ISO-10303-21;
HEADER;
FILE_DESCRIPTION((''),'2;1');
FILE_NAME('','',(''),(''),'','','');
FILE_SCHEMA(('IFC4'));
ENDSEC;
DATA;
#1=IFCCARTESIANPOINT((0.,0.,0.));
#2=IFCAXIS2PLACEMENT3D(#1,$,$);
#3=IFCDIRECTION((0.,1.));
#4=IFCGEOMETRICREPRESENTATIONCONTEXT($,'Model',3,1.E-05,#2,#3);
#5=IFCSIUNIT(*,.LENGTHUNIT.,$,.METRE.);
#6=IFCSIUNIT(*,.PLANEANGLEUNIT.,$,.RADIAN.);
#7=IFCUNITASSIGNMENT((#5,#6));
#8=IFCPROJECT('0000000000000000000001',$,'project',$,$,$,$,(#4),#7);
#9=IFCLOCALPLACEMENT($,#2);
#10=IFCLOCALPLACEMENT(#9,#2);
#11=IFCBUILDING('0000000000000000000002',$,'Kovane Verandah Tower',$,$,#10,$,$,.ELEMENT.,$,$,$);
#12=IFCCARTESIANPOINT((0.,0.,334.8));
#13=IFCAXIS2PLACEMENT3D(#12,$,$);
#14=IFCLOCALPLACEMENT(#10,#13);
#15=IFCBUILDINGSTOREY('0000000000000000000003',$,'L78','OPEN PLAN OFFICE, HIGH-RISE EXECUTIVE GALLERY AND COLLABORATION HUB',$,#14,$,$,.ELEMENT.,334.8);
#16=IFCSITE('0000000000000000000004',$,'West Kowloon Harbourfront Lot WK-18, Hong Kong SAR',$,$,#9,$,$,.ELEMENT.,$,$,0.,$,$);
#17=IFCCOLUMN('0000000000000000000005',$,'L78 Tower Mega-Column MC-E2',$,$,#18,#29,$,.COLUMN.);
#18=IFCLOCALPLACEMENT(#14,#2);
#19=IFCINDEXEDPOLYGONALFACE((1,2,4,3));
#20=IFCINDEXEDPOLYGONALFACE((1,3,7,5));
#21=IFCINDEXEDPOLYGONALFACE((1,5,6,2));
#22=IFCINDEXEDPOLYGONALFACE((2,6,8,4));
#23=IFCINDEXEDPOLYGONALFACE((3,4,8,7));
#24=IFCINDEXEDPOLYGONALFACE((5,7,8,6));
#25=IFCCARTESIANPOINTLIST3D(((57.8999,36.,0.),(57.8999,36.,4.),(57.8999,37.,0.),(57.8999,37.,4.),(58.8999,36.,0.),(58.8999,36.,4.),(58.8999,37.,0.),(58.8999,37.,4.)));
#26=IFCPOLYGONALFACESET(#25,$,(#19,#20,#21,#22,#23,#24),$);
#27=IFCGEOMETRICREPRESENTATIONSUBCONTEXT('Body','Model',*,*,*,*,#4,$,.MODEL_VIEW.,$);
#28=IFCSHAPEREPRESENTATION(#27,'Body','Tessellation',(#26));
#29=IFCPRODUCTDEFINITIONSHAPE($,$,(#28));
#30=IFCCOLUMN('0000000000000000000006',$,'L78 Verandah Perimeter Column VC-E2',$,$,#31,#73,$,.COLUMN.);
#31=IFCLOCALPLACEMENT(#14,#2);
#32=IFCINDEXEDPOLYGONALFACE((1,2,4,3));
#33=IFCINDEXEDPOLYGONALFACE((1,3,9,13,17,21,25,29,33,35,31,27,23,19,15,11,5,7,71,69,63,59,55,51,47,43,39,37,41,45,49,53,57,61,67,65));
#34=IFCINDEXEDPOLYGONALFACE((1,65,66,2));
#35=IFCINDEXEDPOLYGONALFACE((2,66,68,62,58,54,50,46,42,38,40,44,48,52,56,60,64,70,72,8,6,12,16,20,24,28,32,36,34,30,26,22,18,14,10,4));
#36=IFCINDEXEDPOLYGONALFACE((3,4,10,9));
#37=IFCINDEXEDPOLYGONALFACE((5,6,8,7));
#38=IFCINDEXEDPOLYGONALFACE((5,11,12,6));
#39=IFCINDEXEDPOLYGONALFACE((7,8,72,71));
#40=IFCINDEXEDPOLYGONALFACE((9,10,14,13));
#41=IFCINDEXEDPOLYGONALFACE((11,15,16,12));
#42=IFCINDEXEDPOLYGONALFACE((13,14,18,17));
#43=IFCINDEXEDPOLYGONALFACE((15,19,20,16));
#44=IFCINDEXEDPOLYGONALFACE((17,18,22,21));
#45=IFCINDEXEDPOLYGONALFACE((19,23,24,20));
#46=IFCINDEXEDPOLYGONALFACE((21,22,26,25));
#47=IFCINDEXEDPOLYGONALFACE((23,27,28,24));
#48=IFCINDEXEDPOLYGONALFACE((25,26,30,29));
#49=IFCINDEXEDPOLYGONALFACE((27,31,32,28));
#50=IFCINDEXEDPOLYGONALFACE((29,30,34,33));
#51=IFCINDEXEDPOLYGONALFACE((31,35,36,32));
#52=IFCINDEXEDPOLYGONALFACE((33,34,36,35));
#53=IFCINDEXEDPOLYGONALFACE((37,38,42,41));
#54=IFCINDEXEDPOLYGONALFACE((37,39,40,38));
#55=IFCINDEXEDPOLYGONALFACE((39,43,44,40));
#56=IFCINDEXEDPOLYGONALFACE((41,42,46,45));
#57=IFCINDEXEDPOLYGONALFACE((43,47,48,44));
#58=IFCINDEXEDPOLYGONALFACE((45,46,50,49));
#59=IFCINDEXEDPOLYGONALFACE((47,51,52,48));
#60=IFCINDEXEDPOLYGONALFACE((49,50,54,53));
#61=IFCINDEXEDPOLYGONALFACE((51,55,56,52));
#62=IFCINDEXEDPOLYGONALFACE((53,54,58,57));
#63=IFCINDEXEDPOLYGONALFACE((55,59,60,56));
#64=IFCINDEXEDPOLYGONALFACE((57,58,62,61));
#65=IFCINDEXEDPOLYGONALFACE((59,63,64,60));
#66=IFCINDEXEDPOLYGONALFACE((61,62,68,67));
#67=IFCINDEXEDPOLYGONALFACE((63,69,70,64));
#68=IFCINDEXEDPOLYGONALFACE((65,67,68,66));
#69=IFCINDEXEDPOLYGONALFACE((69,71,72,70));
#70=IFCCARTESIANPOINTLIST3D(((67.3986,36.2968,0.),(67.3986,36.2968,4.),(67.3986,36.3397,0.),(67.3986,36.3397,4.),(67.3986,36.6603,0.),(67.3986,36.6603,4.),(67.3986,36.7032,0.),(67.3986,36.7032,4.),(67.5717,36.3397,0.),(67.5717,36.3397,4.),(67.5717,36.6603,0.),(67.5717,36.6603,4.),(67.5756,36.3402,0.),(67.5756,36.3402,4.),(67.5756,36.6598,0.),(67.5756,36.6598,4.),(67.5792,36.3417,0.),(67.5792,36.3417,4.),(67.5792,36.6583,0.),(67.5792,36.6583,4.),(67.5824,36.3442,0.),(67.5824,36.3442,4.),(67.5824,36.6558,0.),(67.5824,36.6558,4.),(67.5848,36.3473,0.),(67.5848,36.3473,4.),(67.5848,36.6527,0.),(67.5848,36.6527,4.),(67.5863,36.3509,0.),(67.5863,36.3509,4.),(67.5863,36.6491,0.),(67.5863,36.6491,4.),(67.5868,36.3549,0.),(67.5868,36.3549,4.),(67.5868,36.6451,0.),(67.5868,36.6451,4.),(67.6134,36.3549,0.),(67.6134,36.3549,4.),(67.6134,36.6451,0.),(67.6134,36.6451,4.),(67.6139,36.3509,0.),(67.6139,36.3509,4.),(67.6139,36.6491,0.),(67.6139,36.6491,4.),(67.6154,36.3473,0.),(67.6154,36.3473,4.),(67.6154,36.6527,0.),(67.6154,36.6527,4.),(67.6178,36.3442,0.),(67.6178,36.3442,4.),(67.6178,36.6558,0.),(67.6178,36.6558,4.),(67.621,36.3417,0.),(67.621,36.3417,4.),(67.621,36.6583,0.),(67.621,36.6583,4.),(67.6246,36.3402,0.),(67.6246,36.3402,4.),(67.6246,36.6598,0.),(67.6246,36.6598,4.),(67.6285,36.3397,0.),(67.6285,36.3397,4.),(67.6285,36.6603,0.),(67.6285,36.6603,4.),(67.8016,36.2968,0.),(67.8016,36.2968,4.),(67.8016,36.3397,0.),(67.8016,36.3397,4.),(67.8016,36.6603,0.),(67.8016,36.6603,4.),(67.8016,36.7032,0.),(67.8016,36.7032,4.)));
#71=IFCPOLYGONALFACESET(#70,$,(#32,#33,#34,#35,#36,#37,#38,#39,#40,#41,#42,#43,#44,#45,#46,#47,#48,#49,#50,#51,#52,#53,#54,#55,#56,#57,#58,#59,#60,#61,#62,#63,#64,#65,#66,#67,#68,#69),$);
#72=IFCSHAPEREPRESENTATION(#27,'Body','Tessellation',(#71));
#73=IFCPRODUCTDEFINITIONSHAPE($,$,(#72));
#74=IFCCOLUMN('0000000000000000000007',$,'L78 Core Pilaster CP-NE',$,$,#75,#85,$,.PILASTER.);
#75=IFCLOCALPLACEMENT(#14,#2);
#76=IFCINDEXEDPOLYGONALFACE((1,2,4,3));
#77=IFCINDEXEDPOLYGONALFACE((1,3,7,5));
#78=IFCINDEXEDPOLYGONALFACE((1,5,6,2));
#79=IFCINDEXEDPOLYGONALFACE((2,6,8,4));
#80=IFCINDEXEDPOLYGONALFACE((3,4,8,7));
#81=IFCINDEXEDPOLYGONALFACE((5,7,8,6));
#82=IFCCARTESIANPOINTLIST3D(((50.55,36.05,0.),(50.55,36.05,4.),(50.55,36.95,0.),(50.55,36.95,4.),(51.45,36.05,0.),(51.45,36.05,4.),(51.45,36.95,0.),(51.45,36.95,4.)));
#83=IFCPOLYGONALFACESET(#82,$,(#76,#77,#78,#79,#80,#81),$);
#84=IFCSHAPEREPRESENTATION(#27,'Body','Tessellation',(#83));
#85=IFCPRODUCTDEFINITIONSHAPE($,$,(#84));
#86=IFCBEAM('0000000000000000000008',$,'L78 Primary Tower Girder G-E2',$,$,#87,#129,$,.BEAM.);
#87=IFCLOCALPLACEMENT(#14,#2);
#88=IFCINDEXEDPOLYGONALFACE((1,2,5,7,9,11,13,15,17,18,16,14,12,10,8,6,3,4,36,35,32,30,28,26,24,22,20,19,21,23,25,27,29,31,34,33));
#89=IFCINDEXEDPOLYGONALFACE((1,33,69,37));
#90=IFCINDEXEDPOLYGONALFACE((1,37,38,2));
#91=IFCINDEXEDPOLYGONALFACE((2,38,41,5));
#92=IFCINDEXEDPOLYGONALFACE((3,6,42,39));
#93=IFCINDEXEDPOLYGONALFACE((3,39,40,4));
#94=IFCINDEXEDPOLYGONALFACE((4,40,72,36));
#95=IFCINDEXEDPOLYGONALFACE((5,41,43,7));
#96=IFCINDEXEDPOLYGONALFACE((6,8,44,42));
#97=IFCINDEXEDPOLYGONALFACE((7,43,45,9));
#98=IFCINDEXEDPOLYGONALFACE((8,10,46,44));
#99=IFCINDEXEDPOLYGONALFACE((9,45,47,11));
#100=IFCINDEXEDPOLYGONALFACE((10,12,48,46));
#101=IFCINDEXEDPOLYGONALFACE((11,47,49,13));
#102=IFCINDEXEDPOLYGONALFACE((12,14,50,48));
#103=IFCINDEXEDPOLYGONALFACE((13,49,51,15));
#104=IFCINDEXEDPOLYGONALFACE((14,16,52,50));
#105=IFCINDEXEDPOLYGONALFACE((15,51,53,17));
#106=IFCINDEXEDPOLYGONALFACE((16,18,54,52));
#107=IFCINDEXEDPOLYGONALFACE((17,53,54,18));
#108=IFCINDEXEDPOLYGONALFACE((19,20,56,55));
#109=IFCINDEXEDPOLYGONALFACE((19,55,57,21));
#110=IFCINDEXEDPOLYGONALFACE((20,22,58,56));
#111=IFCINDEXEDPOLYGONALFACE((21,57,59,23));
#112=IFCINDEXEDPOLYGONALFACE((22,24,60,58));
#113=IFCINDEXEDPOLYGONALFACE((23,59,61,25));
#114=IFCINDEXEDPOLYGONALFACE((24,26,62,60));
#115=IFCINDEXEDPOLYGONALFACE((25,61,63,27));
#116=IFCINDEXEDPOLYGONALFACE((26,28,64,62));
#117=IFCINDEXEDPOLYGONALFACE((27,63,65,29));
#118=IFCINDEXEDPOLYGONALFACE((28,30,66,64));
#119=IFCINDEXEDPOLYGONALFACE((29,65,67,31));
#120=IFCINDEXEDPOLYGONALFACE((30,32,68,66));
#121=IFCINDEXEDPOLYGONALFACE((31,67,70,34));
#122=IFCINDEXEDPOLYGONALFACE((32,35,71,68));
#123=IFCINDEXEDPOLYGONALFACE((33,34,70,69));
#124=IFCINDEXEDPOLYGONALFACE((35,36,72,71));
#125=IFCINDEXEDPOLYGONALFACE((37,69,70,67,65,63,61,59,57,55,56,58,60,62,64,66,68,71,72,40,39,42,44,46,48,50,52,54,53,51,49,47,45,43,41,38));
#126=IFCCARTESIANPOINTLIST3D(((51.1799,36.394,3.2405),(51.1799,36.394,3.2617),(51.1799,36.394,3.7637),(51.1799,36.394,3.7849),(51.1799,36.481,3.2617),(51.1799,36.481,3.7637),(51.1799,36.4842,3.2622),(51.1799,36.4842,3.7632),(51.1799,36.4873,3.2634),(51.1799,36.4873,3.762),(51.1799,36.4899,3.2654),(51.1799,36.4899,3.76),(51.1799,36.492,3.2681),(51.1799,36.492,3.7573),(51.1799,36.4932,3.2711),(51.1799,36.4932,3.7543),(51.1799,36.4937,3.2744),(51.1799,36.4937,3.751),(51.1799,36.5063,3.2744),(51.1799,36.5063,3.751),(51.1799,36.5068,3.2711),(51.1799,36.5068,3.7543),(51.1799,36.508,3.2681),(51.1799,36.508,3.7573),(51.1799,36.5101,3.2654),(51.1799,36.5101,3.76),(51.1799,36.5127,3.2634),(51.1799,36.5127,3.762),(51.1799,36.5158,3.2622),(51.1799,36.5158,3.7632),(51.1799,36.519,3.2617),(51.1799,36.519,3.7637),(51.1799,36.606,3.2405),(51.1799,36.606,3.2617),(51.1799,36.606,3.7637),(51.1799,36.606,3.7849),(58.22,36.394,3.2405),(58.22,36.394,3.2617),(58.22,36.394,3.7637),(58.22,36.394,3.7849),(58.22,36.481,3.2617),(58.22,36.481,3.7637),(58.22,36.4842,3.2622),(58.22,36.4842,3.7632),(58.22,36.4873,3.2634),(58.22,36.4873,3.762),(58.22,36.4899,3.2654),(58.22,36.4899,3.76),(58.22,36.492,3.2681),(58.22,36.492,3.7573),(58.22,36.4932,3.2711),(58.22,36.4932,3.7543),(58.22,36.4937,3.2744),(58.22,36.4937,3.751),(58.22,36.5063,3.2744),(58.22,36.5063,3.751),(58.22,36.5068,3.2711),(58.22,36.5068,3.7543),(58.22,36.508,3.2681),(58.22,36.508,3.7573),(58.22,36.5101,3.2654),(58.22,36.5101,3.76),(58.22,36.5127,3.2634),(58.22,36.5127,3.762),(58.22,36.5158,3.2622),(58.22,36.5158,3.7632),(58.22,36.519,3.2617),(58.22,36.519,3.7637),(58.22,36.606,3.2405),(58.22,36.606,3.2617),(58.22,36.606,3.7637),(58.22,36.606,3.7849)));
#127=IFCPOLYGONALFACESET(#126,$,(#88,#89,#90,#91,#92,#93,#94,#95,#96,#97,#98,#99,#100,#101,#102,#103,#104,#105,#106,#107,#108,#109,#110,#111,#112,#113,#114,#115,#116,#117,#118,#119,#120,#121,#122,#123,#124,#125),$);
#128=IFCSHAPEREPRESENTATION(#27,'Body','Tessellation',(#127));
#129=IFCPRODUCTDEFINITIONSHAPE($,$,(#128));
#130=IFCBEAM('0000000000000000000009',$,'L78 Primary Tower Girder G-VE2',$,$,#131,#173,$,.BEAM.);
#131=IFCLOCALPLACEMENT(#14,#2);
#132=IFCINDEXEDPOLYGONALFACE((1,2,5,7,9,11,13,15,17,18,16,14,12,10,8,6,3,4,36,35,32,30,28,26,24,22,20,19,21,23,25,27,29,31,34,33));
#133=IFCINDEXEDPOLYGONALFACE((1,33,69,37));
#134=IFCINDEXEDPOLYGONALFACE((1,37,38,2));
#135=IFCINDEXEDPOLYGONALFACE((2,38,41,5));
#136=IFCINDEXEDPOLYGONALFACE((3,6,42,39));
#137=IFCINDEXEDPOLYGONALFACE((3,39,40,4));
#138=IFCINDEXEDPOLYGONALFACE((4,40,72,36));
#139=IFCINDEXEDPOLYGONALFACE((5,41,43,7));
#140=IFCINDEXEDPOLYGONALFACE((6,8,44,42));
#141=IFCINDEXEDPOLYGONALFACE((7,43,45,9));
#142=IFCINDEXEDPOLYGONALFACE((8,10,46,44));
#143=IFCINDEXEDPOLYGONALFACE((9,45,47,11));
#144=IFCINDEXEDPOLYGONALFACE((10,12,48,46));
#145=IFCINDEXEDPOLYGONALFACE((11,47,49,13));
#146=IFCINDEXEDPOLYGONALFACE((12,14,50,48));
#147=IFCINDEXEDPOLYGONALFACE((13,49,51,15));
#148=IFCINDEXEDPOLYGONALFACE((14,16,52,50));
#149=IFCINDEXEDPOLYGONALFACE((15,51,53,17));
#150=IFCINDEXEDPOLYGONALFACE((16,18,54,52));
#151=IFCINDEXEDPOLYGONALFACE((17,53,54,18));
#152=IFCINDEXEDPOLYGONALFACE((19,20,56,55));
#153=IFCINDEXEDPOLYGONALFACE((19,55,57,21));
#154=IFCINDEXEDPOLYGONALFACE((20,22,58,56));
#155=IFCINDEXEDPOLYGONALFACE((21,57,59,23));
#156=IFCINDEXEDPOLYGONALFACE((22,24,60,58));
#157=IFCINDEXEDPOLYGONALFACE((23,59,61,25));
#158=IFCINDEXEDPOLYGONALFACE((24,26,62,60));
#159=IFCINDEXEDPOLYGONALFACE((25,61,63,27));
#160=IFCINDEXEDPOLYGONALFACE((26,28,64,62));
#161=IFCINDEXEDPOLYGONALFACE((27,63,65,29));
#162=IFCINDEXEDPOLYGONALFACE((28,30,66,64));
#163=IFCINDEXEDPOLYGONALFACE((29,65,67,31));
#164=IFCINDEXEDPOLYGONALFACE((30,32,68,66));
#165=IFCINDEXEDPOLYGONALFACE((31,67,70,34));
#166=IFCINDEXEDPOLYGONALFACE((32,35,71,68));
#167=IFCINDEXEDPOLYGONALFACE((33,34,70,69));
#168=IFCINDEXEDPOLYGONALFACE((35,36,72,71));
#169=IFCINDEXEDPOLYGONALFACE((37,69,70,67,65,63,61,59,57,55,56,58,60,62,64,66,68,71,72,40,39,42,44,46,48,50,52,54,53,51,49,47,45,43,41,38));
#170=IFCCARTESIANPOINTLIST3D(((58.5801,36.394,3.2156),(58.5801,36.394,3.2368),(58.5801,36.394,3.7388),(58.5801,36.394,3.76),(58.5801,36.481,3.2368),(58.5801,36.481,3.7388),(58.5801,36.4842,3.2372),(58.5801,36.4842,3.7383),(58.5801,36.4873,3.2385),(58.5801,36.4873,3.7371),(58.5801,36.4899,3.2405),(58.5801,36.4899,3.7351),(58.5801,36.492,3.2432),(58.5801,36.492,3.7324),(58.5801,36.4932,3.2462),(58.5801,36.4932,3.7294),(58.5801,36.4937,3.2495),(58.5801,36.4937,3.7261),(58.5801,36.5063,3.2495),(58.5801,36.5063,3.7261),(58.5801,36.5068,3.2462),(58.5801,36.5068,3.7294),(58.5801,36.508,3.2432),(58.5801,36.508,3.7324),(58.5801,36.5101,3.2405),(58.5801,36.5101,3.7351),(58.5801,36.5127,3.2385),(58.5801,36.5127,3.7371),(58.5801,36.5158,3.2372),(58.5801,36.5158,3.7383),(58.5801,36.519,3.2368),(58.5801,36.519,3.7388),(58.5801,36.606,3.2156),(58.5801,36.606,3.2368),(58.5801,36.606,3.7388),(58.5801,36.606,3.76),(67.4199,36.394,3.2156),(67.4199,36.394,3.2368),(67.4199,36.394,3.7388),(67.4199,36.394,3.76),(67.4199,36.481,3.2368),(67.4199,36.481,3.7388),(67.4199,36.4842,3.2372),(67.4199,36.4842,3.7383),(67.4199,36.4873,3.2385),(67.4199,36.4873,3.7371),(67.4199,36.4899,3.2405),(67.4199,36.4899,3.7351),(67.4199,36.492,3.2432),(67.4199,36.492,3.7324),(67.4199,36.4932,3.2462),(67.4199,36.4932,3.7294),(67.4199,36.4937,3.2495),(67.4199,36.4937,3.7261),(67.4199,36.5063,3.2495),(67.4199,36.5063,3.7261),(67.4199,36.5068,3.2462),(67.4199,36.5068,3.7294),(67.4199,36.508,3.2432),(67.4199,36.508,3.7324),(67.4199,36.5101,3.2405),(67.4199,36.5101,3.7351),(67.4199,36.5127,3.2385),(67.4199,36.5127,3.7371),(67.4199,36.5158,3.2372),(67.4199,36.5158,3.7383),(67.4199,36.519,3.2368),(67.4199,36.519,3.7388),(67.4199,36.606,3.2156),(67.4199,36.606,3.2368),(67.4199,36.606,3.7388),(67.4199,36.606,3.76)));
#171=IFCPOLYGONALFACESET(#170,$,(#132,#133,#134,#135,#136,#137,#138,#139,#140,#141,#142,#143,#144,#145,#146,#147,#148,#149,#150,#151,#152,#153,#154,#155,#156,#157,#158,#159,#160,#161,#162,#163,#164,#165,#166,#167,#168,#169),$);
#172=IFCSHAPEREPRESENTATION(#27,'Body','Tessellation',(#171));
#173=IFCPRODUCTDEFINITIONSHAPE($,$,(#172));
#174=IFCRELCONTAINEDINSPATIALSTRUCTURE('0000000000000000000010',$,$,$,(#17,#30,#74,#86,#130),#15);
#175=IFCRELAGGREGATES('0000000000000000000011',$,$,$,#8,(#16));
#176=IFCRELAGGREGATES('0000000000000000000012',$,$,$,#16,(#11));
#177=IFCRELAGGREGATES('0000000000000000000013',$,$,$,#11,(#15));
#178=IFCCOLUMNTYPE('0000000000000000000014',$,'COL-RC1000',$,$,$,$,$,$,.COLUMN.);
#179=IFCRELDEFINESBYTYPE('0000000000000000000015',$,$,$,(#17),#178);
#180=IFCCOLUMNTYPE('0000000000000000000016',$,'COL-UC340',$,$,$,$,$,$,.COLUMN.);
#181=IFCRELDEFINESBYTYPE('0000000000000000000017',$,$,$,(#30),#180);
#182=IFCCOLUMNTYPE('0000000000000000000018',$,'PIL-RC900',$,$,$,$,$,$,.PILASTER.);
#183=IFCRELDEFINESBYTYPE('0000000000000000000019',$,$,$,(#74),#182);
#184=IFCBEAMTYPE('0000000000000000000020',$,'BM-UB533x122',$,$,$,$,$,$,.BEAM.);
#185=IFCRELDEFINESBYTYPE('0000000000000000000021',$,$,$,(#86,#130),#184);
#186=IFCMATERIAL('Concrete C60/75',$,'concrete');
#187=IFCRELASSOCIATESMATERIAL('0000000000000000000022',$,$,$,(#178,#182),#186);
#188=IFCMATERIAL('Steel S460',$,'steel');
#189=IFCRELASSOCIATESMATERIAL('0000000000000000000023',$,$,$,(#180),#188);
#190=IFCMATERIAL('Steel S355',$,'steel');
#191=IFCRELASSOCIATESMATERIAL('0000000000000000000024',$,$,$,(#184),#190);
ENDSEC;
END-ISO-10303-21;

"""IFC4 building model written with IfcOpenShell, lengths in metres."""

from ifc_helpers import new_model, si_unit, direction, frame, origin, origin_2d, place, context, subcontext, project, spatial, rectangle, i_section, extrude, material, material_profile, profile_set, type_object, element, save


model = new_model("IFC4")

# Units and contexts
model_context = context("Model", 3, precision=1e-05, world=origin(), true_north=direction((0.0, 1.0)))
body_context = subcontext(model_context, "Body", "Model", "MODEL_VIEW")
ifc_project = project(units=[si_unit("LENGTHUNIT", "METRE"), si_unit("PLANEANGLEUNIT", "RADIAN")], contexts=[model_context])

# Site, building, storey
site_placement = place(None, origin())
site = spatial("IfcSite", under=ifc_project, at=site_placement, Name="West Kowloon Harbourfront Lot WK-18, Hong Kong SAR", CompositionType="ELEMENT", RefElevation=0.0)
building_placement = place(site_placement, origin())
building = spatial("IfcBuilding", under=site, at=building_placement, Name="Kovane Verandah Tower", CompositionType="ELEMENT")
storey_placement = place(building_placement, frame((0.0, 0.0, 334.8)))
storey = spatial("IfcBuildingStorey", under=building, at=storey_placement, Name="L78", Description="OPEN PLAN OFFICE, HIGH-RISE EXECUTIVE GALLERY AND COLLABORATION HUB", CompositionType="ELEMENT", Elevation=334.8)

# Columns
ifc_material_1 = material(Name="Concrete C60/75", Category="concrete")
ifc_material_profile_1 = material_profile(ifc_material_1, rectangle(XDim=1.0, YDim=1.0, at=origin_2d()), Name="RC1000x1000")
ifc_profile_set_1 = profile_set([ifc_material_profile_1], Name="Concrete C60/75")
column_type_1 = type_object("IfcColumnType", Name="COL-RC1000", PredefinedType="COLUMN", material=ifc_profile_set_1)
column_1_placement = place(storey_placement, frame((58.3999, 36.5, 0.0), z_axis=(0.0, 0.0, 1.0), x_axis=(1.0, 0.0, 0.0)))
element("IfcColumn", 1, at=column_1_placement, inside=storey, type_object=column_type_1, Name="L78 Tower Mega-Column MC-E2", PredefinedType="COLUMN", context=body_context, shape_type="SweptSolid", body=[
    extrude(rectangle(XDim=1.0, YDim=1.0, at=origin_2d()), origin(), (0.0, 0.0, 1.0), 4.0),
])
ifc_material_2 = material(Name="Steel S460", Category="steel")
ifc_material_profile_2 = material_profile(ifc_material_2, i_section(OverallWidth=0.4031, OverallDepth=0.4065, WebThickness=0.0266, FlangeThickness=0.043, FilletRadius=0.0151, at=origin_2d()), Name="UC356x406x340")
ifc_profile_set_2 = profile_set([ifc_material_profile_2], Name="Steel S460")
column_type_2 = type_object("IfcColumnType", Name="COL-UC340", PredefinedType="COLUMN", material=ifc_profile_set_2)
column_2_placement = place(storey_placement, frame((67.6001, 36.5, 0.0), z_axis=(0.0, 0.0, 1.0), x_axis=(1.0, 0.0, 0.0)))
element("IfcColumn", 2, at=column_2_placement, inside=storey, type_object=column_type_2, Name="L78 Verandah Perimeter Column VC-E2", PredefinedType="COLUMN", context=body_context, shape_type="SweptSolid", body=[
    extrude(i_section(OverallWidth=0.4031, OverallDepth=0.4065, WebThickness=0.0266, FlangeThickness=0.043, FilletRadius=0.0151, at=origin_2d()), origin(), (0.0, 0.0, 1.0), 4.0),
])
ifc_material_profile_3 = material_profile(ifc_material_1, rectangle(XDim=0.8999, YDim=0.8999, at=origin_2d()), Name="RC900x900")
ifc_profile_set_3 = profile_set([ifc_material_profile_3], Name="Concrete C60/75")
column_type_3 = type_object("IfcColumnType", Name="PIL-RC900", PredefinedType="PILASTER", material=ifc_profile_set_3)
column_3_placement = place(storey_placement, frame((51.0, 36.5, 0.0), z_axis=(0.0, 0.0, 1.0), x_axis=(1.0, 0.0, 0.0)))
element("IfcColumn", 3, at=column_3_placement, inside=storey, type_object=column_type_3, Name="L78 Core Pilaster CP-NE", PredefinedType="PILASTER", context=body_context, shape_type="SweptSolid", body=[
    extrude(rectangle(XDim=0.8999, YDim=0.8999, at=origin_2d()), origin(), (0.0, 0.0, 1.0), 4.0),
])

# Beams
ifc_material_3 = material(Name="Steel S355", Category="steel")
ifc_material_profile_4 = material_profile(ifc_material_3, i_section(OverallWidth=0.2119, OverallDepth=0.5444, WebThickness=0.0127, FlangeThickness=0.0212, FilletRadius=0.0127, at=origin_2d()), Name="UB533x210x122")
ifc_profile_set_4 = profile_set([ifc_material_profile_4], Name="Steel S355")
beam_type_1 = type_object("IfcBeamType", Name="BM-UB533x122", PredefinedType="BEAM", material=ifc_profile_set_4)
beam_1_placement = place(storey_placement, frame((51.1799, 36.5, 3.5127), z_axis=(1.0, 0.0, 0.0), x_axis=(0.0, 1.0, 0.0)))
element("IfcBeam", 4, at=beam_1_placement, inside=storey, type_object=beam_type_1, Name="L78 Primary Tower Girder G-E2", PredefinedType="BEAM", context=body_context, shape_type="SweptSolid", body=[
    extrude(i_section(OverallWidth=0.2119, OverallDepth=0.5444, WebThickness=0.0127, FlangeThickness=0.0212, FilletRadius=0.0127, at=origin_2d()), origin(), (0.0, 0.0, 1.0), 7.04),
])
beam_2_placement = place(storey_placement, frame((58.5801, 36.5, 3.4878), z_axis=(1.0, 0.0, 0.0), x_axis=(0.0, 1.0, 0.0)))
element("IfcBeam", 5, at=beam_2_placement, inside=storey, type_object=beam_type_1, Name="L78 Primary Tower Girder G-VE2", PredefinedType="BEAM", context=body_context, shape_type="SweptSolid", body=[
    extrude(i_section(OverallWidth=0.2119, OverallDepth=0.5444, WebThickness=0.0127, FlangeThickness=0.0212, FilletRadius=0.0127, at=origin_2d()), origin(), (0.0, 0.0, 1.0), 8.8398),
])

save(model, "model.ifc")
